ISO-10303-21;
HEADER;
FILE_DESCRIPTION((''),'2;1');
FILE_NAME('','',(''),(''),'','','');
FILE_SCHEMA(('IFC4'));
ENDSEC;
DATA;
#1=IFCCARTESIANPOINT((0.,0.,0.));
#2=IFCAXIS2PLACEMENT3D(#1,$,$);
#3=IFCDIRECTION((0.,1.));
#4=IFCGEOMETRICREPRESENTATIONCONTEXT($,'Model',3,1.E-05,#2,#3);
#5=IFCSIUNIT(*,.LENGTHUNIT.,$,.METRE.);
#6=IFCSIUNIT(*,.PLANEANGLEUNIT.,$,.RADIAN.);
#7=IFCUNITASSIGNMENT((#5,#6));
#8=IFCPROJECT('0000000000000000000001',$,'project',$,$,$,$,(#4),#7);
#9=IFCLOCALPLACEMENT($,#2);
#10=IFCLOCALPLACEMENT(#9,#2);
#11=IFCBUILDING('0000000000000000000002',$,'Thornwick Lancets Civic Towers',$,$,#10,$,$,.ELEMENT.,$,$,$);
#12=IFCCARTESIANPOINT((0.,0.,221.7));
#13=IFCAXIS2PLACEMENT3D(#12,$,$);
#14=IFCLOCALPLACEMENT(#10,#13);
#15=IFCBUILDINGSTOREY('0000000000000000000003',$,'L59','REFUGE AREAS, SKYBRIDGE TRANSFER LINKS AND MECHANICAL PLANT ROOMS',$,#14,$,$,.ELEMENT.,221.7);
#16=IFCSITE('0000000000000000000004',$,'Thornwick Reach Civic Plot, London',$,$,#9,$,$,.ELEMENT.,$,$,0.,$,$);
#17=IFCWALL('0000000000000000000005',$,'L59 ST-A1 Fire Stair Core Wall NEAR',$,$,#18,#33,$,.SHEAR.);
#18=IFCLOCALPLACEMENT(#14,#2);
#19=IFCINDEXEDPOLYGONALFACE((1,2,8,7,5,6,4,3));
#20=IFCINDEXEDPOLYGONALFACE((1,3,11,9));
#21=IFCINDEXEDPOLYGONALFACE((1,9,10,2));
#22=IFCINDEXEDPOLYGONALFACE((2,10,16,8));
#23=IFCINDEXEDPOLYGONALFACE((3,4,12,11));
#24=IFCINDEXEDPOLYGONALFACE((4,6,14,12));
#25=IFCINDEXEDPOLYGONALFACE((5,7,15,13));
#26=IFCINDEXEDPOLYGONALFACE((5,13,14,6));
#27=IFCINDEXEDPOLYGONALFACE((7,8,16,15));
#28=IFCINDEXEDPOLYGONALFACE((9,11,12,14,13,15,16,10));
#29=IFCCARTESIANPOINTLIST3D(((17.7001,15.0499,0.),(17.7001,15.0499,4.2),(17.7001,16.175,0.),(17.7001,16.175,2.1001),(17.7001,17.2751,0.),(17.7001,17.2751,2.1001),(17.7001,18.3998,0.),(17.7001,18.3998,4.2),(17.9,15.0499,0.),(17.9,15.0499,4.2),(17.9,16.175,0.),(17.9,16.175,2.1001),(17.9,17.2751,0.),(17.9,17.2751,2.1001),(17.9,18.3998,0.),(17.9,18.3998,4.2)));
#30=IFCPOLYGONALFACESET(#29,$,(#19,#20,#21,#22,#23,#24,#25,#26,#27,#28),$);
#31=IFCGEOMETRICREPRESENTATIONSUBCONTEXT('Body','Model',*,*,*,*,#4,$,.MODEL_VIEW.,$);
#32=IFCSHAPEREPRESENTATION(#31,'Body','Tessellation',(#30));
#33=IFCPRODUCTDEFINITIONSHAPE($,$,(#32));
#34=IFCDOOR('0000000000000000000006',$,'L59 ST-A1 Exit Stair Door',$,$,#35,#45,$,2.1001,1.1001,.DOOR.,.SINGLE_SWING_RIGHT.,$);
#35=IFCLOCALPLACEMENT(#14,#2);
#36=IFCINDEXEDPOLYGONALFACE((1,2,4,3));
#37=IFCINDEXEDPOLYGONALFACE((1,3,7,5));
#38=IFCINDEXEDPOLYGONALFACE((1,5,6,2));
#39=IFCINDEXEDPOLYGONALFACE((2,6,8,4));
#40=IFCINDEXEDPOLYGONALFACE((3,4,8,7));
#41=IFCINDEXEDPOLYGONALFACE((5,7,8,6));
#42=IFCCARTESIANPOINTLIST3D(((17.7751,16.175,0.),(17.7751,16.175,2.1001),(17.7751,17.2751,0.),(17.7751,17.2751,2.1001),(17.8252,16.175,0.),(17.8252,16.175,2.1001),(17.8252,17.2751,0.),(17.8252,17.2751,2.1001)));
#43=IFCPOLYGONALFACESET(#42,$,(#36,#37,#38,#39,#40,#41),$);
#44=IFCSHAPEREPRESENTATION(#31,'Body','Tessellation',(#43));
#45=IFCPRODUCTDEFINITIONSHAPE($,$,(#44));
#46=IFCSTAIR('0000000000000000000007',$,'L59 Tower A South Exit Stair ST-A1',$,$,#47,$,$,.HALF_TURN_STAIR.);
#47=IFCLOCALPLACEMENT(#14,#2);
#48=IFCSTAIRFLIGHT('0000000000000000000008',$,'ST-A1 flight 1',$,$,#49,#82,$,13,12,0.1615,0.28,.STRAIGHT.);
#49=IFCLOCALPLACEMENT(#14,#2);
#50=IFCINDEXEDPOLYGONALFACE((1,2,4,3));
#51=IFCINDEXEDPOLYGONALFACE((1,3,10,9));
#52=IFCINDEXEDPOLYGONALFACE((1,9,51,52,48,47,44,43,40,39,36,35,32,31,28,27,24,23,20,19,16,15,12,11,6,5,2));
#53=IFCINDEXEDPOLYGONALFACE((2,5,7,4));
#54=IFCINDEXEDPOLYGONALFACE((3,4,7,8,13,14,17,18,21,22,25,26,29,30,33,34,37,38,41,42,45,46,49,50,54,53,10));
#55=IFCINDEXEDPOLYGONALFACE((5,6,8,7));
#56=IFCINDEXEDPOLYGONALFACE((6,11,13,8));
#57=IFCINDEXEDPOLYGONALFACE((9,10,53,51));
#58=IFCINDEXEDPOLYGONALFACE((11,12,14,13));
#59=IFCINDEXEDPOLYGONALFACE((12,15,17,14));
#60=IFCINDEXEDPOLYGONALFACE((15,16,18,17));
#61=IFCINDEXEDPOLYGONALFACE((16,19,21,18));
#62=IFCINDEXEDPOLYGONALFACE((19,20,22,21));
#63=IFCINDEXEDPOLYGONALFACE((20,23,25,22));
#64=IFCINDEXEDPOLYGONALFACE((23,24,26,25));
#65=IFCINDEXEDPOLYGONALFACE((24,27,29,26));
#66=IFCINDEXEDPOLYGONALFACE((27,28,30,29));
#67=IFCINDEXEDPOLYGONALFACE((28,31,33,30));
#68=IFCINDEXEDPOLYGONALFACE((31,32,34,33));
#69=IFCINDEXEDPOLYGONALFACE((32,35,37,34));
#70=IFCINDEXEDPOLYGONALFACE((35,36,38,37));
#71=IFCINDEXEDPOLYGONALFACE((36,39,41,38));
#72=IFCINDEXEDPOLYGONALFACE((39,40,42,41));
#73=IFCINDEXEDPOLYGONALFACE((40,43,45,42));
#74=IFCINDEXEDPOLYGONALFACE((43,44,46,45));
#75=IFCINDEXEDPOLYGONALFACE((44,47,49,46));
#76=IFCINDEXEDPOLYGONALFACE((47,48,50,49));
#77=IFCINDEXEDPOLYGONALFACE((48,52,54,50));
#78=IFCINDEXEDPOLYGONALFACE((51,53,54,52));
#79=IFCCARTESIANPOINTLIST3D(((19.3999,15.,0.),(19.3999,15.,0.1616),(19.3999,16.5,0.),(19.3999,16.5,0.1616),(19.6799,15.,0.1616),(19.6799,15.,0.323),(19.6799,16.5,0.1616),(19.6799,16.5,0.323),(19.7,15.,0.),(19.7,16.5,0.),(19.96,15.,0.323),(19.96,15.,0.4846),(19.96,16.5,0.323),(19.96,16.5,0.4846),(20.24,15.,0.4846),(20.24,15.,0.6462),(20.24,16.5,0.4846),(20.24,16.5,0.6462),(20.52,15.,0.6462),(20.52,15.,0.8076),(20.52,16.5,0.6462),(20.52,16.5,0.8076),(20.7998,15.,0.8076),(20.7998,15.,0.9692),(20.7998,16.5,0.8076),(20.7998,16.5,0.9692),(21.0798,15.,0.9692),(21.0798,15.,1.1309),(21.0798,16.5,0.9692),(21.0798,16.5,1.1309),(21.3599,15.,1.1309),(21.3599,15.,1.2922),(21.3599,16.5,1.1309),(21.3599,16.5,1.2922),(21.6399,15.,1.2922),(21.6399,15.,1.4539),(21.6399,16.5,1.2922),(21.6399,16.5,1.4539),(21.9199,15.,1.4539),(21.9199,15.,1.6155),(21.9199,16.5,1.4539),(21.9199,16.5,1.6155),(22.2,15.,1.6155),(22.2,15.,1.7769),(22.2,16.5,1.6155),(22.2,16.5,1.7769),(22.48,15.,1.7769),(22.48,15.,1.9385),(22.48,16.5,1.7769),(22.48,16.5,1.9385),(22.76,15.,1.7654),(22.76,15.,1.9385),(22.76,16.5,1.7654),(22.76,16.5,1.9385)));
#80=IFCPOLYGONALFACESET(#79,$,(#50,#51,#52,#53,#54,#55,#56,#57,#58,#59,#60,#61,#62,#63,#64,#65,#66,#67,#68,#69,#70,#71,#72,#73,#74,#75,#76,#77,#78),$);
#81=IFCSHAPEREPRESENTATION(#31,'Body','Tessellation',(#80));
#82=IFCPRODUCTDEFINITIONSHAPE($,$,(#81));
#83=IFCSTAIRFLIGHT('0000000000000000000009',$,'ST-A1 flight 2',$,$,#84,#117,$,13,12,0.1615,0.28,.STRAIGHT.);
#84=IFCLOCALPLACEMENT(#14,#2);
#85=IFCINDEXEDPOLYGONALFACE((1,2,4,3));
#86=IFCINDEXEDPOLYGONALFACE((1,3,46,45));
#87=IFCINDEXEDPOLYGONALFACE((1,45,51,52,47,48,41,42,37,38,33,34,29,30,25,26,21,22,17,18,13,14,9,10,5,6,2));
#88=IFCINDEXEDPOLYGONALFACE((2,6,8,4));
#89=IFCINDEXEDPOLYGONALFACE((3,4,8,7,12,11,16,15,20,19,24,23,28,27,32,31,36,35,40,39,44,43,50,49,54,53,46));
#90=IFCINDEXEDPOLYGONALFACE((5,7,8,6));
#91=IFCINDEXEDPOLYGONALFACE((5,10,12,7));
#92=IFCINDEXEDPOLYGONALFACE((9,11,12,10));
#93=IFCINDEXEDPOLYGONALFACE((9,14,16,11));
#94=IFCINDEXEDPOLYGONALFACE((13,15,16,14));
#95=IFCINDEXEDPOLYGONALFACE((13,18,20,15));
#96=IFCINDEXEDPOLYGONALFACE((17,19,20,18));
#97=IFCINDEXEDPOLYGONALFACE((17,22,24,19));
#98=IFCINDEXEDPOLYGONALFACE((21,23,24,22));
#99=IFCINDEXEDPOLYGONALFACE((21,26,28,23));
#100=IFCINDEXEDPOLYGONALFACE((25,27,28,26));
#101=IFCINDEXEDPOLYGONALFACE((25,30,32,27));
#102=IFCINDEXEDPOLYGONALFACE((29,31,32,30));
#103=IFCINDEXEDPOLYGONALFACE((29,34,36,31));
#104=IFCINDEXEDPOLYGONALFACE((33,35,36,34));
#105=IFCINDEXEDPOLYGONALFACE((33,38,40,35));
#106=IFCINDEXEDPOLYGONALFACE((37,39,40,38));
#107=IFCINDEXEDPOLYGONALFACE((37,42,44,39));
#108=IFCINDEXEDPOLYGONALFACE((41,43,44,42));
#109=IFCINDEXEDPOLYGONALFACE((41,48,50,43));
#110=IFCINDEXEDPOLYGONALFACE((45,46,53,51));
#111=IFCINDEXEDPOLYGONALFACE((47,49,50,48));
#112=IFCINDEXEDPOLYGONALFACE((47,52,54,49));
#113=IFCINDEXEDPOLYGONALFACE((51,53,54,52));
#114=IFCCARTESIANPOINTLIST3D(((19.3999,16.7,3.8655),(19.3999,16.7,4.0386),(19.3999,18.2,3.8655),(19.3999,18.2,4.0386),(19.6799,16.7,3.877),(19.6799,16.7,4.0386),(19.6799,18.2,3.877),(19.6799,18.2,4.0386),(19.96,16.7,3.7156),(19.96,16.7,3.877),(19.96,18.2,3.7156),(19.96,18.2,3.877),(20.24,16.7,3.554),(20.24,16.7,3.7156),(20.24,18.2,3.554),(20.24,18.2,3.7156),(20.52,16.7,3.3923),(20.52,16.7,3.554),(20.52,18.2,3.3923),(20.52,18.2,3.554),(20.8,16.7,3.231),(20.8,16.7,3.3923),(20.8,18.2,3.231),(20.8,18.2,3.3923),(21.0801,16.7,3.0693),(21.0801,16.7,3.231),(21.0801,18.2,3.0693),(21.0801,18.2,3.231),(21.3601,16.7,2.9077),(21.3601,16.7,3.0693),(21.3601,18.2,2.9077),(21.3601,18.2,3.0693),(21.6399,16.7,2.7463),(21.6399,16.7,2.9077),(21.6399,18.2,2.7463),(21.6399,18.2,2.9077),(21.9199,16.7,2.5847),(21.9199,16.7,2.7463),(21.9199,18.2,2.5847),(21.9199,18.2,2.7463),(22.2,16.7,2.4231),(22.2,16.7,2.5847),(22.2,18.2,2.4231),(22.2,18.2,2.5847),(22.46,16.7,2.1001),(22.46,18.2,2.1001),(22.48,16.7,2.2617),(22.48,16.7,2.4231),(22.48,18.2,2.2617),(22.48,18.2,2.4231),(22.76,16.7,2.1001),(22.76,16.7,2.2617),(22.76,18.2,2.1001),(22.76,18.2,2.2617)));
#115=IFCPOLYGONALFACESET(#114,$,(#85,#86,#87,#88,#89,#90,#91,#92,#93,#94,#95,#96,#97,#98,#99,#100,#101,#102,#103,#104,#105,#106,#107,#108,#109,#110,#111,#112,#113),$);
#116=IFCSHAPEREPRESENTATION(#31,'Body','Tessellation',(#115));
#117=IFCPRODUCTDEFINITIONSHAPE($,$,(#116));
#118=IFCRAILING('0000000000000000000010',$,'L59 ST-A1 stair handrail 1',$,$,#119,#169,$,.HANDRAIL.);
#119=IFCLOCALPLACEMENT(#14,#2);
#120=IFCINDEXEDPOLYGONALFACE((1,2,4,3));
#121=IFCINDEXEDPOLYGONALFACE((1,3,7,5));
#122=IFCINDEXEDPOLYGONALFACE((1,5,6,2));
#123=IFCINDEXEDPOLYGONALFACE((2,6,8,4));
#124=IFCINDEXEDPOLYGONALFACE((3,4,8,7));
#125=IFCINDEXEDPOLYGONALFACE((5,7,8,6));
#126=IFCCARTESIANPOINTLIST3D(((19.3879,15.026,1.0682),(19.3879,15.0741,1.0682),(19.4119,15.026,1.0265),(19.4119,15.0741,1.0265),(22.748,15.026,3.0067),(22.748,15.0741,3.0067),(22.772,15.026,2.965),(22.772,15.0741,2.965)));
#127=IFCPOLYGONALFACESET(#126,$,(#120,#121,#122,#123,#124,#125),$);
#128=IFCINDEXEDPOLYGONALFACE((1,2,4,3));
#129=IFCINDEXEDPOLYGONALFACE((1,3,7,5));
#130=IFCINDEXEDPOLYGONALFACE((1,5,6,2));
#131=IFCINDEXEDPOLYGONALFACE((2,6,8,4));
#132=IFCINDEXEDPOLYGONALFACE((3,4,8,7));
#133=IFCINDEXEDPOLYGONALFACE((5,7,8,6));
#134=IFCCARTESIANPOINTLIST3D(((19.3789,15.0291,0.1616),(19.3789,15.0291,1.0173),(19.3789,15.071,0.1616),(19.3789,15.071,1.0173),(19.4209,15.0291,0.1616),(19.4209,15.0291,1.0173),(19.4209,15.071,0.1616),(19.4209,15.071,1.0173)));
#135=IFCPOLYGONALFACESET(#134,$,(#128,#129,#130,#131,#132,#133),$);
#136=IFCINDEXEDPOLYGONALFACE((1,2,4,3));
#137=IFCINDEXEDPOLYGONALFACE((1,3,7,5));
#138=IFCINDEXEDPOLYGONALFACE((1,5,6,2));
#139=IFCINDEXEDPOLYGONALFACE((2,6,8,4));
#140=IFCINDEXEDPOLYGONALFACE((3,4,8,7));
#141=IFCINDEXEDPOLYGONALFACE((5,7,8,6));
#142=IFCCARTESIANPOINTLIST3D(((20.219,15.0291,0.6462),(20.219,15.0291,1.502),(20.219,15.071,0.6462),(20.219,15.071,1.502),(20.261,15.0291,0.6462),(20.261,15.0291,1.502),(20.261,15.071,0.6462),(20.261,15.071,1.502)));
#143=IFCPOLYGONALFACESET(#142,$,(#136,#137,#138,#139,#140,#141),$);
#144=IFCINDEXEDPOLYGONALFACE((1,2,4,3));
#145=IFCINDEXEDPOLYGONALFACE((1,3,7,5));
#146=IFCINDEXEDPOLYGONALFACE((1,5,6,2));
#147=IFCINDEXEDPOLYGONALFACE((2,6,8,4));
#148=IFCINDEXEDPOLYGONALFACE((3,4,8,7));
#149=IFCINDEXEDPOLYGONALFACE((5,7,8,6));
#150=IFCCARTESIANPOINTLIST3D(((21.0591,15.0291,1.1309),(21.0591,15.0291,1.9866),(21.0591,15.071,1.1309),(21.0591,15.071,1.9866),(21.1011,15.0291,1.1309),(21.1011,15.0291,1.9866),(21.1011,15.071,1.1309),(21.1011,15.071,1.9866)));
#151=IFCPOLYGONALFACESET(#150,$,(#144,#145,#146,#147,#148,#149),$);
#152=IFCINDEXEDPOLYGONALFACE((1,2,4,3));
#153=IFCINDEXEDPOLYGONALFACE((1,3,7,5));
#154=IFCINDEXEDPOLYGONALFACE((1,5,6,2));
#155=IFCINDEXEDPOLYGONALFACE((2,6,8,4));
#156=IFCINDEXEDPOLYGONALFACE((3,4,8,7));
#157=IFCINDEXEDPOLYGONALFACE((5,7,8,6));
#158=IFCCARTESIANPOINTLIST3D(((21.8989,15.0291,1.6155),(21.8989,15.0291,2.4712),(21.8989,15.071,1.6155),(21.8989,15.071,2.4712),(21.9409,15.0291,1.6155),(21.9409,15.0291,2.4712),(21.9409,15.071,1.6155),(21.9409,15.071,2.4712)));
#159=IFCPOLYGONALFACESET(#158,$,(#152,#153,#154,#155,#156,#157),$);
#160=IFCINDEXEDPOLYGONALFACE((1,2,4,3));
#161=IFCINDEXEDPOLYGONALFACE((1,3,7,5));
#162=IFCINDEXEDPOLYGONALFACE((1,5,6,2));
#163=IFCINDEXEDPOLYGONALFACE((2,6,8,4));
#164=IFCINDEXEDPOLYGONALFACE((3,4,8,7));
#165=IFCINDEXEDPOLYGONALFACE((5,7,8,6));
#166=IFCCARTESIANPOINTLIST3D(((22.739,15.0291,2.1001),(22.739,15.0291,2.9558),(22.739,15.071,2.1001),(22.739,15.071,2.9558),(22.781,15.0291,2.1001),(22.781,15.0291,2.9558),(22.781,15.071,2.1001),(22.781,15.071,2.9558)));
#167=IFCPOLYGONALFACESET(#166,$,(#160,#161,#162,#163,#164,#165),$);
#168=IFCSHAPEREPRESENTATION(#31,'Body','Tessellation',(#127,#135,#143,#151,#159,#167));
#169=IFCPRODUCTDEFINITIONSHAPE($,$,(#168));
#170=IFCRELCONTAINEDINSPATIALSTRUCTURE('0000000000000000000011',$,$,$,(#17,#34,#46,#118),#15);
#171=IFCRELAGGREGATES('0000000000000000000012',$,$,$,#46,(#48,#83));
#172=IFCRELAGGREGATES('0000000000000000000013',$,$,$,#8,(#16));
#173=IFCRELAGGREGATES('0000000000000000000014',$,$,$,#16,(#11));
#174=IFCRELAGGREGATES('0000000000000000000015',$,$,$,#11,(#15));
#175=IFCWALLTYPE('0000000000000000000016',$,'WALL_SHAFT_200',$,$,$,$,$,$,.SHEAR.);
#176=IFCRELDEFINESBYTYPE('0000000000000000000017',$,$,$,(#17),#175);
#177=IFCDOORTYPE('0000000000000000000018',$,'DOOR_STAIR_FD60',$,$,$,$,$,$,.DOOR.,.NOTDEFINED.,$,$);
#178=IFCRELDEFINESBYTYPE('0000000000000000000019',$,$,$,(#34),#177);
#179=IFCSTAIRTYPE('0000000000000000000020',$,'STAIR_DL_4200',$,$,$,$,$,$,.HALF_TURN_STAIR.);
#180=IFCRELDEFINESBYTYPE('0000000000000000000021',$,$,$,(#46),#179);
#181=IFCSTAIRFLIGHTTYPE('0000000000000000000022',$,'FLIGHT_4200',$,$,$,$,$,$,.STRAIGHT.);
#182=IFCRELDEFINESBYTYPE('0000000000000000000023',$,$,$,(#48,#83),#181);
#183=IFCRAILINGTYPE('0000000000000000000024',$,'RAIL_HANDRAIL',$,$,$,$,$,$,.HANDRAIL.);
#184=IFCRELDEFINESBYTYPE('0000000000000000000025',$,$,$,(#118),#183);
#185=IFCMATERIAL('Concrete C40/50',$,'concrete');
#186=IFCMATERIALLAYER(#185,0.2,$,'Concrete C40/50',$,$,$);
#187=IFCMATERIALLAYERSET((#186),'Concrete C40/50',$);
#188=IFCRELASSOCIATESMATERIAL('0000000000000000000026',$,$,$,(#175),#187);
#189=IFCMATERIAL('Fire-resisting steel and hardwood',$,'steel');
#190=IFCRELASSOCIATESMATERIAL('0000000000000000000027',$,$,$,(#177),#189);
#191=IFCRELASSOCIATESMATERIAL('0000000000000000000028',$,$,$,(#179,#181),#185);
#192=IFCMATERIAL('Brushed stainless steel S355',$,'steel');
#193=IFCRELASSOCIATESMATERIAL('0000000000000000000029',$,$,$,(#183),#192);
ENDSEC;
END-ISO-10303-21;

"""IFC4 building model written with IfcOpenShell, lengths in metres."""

from ifc_helpers import new_model, si_unit, direction, frame, frame_2d, origin, origin_2d, place, context, subcontext, project, spatial, polyline, rectangle, outline, extrude, material, layer, layer_set, type_object, element, fill, aggregate, save


model = new_model("IFC4")

# Units and contexts
model_context = context("Model", 3, precision=1e-05, world=origin(), true_north=direction((0.0, 1.0)))
body_context = subcontext(model_context, "Body", "Model", "MODEL_VIEW")
ifc_project = project(units=[si_unit("LENGTHUNIT", "METRE"), si_unit("PLANEANGLEUNIT", "RADIAN")], contexts=[model_context])

# Site, building, storey
site_placement = place(None, origin())
site = spatial("IfcSite", under=ifc_project, at=site_placement, Name="Thornwick Reach Civic Plot, London", CompositionType="ELEMENT", RefElevation=0.0)
building_placement = place(site_placement, origin())
building = spatial("IfcBuilding", under=site, at=building_placement, Name="Thornwick Lancets Civic Towers", CompositionType="ELEMENT")
storey_placement = place(building_placement, frame((0.0, 0.0, 221.7)))
storey = spatial("IfcBuildingStorey", under=building, at=storey_placement, Name="L59", Description="REFUGE AREAS, SKYBRIDGE TRANSFER LINKS AND MECHANICAL PLANT ROOMS", CompositionType="ELEMENT", Elevation=221.7)

# Shared definitions
ifc_material_1 = material(Name="Concrete C40/50", Category="concrete")

# Wall, opening, door
ifc_layer_1 = layer(ifc_material_1, 0.2, Name="Concrete C40/50")
ifc_layer_set_1 = layer_set([ifc_layer_1], Name="Concrete C40/50")
wall_type_1 = type_object("IfcWallType", Name="WALL_SHAFT_200", PredefinedType="SHEAR", material=ifc_layer_set_1)
wall_1_placement = place(storey_placement, frame((17.8, 15.05, 0.0), z_axis=(0.0, 0.0, 1.0), x_axis=(0.0, 1.0, 0.0)))
wall_1 = element("IfcWall", 1, at=wall_1_placement, inside=storey, type_object=wall_type_1, Name="L59 ST-A1 Fire Stair Core Wall NEAR", PredefinedType="SHEAR", context=body_context, shape_type="SweptSolid", body=[
    extrude(rectangle(XDim=3.3499, YDim=0.2, at=frame_2d((1.6748, 0.0))), origin(), (0.0, 0.0, 1.0), 4.2),
])
opening_placement = place(wall_1_placement, frame((1.125, 0.0, 0.0)))
opening = element("IfcOpeningElement", 2, at=opening_placement, cuts=wall_1, PredefinedType="OPENING", context=body_context, shape_type="SweptSolid", body=[
    extrude(rectangle(XDim=1.1001, YDim=2.1001, at=frame_2d((0.55, 1.05))), frame((0.0, 0.1099, 0.0), z_axis=(0.0, -1.0, 0.0), x_axis=(1.0, 0.0, 0.0)), (0.0, 0.0, 1.0), 0.22),
])
ifc_material_2 = material(Name="Fire-resisting steel and hardwood", Category="steel")
door_type = type_object("IfcDoorType", Name="DOOR_STAIR_FD60", OperationType="NOTDEFINED", PredefinedType="DOOR", material=ifc_material_2)
door_placement = place(opening_placement, origin())
door = element("IfcDoor", 3, at=door_placement, inside=storey, type_object=door_type, Name="L59 ST-A1 Exit Stair Door", OperationType="SINGLE_SWING_RIGHT", OverallHeight=2.1001, OverallWidth=1.1001, PredefinedType="DOOR", context=body_context, shape_type="SweptSolid", body=[
    extrude(rectangle(XDim=1.1001, YDim=2.1001, at=frame_2d((0.55, 1.05))), frame((0.0, 0.0249, 0.0), z_axis=(0.0, -1.0, 0.0), x_axis=(1.0, 0.0, 0.0)), (0.0, 0.0, 1.0), 0.05),
])
fill(opening, door)

# Stair, stair flights
stair_type = type_object("IfcStairType", Name="STAIR_DL_4200", PredefinedType="HALF_TURN_STAIR", material=ifc_material_1)
stair_placement = place(storey_placement, origin())
stair = element("IfcStair", 4, at=stair_placement, inside=storey, type_object=stair_type, Name="L59 Tower A South Exit Stair ST-A1", PredefinedType="HALF_TURN_STAIR")
stair_flight_type = type_object("IfcStairFlightType", Name="FLIGHT_4200", PredefinedType="STRAIGHT", material=ifc_material_1)
stair_flight_1_placement = place(storey_placement, frame((19.3999, 15.75, 0.0), z_axis=(0.0, 0.0, 1.0), x_axis=(1.0, 0.0, 0.0)))
stair_flight_1 = element("IfcStairFlight", 5, at=stair_flight_1_placement, type_object=stair_flight_type, Name="ST-A1 flight 1", NumberOfRisers=13, NumberOfTreads=12, PredefinedType="STRAIGHT", RiserHeight=0.1615, TreadLength=0.28, context=body_context, shape_type="SweptSolid", body=[
    extrude(outline(polyline([(0.0, 0.0), (0.0, 0.1616), (0.28, 0.1616), (0.28, 0.323), (0.5601, 0.323), (0.5601, 0.4846), (0.8401, 0.4846), (0.8401, 0.6462), (1.1201, 0.6462), (1.1201, 0.8076), (1.3999, 0.8076), (1.3999, 0.9692), (1.6799, 0.9692), (1.6799, 1.1309), (1.96, 1.1309), (1.96, 1.2922), (2.24, 1.2922), (2.24, 1.4539), (2.52, 1.4539), (2.52, 1.6155), (2.8, 1.6155), (2.8, 1.7769), (3.0801, 1.7769), (3.0801, 1.9385), (3.3601, 1.9385), (3.3601, 2.1001), (3.3601, 1.7654), (0.3, 0.0), (0.0, 0.0)])), frame((0.0, 0.75, 0.0), z_axis=(0.0, -1.0, 0.0), x_axis=(1.0, 0.0, 0.0)), (0.0, 0.0, 1.0), 1.5),
])
stair_flight_2_placement = place(storey_placement, frame((22.76, 17.45, 2.1001), z_axis=(0.0, 0.0, 1.0), x_axis=(-1.0, 0.0, 0.0)))
stair_flight_2 = element("IfcStairFlight", 6, at=stair_flight_2_placement, type_object=stair_flight_type, Name="ST-A1 flight 2", NumberOfRisers=13, NumberOfTreads=12, PredefinedType="STRAIGHT", RiserHeight=0.1615, TreadLength=0.28, context=body_context, shape_type="SweptSolid", body=[
    extrude(outline(polyline([(0.0, 0.0), (0.0, 0.1616), (0.28, 0.1616), (0.28, 0.323), (0.5601, 0.323), (0.5601, 0.4846), (0.8401, 0.4846), (0.8401, 0.6462), (1.1201, 0.6462), (1.1201, 0.8076), (1.3999, 0.8076), (1.3999, 0.9692), (1.6799, 0.9692), (1.6799, 1.1309), (1.96, 1.1309), (1.96, 1.2922), (2.24, 1.2922), (2.24, 1.4539), (2.52, 1.4539), (2.52, 1.6155), (2.8, 1.6155), (2.8, 1.7769), (3.0801, 1.7769), (3.0801, 1.9385), (3.3601, 1.9385), (3.3601, 2.1001), (3.3601, 1.7654), (0.3, 0.0), (0.0, 0.0)])), frame((0.0, 0.75, 0.0), z_axis=(0.0, -1.0, 0.0), x_axis=(1.0, 0.0, 0.0)), (0.0, 0.0, 1.0), 1.5),
])
aggregate(stair, [stair_flight_1, stair_flight_2])

# Railing
ifc_material_3 = material(Name="Brushed stainless steel S355", Category="steel")
railing_type_1 = type_object("IfcRailingType", Name="RAIL_HANDRAIL", PredefinedType="HANDRAIL", material=ifc_material_3)
railing_1_placement = place(storey_placement, frame((19.3999, 15.05, 0.1616)))
element("IfcRailing", 7, at=railing_1_placement, inside=storey, type_object=railing_type_1, Name="L59 ST-A1 stair handrail 1", PredefinedType="HANDRAIL", context=body_context, shape_type="SweptSolid", body=[
    extrude(rectangle(XDim=0.0481, YDim=0.0481, at=origin_2d()), frame((0.0, 0.0, 0.8857), z_axis=(0.866191, 0.0, 0.499713), x_axis=(0.0, 1.0, 0.0)), (0.0, 0.0, 1.0), 3.8792),
    extrude(rectangle(XDim=0.042, YDim=0.042, at=origin_2d()), origin(), (0.0, 0.0, 1.0), 0.8557),
    extrude(rectangle(XDim=0.042, YDim=0.042, at=origin_2d()), frame((0.8401, 0.0, 0.4846)), (0.0, 0.0, 1.0), 0.8557),
    extrude(rectangle(XDim=0.042, YDim=0.042, at=origin_2d()), frame((1.6802, 0.0, 0.9692)), (0.0, 0.0, 1.0), 0.8557),
    extrude(rectangle(XDim=0.042, YDim=0.042, at=origin_2d()), frame((2.52, 0.0, 1.4539)), (0.0, 0.0, 1.0), 0.8557),
    extrude(rectangle(XDim=0.042, YDim=0.042, at=origin_2d()), frame((3.3601, 0.0, 1.9385)), (0.0, 0.0, 1.0), 0.8557),
])

save(model, "model.ifc")
